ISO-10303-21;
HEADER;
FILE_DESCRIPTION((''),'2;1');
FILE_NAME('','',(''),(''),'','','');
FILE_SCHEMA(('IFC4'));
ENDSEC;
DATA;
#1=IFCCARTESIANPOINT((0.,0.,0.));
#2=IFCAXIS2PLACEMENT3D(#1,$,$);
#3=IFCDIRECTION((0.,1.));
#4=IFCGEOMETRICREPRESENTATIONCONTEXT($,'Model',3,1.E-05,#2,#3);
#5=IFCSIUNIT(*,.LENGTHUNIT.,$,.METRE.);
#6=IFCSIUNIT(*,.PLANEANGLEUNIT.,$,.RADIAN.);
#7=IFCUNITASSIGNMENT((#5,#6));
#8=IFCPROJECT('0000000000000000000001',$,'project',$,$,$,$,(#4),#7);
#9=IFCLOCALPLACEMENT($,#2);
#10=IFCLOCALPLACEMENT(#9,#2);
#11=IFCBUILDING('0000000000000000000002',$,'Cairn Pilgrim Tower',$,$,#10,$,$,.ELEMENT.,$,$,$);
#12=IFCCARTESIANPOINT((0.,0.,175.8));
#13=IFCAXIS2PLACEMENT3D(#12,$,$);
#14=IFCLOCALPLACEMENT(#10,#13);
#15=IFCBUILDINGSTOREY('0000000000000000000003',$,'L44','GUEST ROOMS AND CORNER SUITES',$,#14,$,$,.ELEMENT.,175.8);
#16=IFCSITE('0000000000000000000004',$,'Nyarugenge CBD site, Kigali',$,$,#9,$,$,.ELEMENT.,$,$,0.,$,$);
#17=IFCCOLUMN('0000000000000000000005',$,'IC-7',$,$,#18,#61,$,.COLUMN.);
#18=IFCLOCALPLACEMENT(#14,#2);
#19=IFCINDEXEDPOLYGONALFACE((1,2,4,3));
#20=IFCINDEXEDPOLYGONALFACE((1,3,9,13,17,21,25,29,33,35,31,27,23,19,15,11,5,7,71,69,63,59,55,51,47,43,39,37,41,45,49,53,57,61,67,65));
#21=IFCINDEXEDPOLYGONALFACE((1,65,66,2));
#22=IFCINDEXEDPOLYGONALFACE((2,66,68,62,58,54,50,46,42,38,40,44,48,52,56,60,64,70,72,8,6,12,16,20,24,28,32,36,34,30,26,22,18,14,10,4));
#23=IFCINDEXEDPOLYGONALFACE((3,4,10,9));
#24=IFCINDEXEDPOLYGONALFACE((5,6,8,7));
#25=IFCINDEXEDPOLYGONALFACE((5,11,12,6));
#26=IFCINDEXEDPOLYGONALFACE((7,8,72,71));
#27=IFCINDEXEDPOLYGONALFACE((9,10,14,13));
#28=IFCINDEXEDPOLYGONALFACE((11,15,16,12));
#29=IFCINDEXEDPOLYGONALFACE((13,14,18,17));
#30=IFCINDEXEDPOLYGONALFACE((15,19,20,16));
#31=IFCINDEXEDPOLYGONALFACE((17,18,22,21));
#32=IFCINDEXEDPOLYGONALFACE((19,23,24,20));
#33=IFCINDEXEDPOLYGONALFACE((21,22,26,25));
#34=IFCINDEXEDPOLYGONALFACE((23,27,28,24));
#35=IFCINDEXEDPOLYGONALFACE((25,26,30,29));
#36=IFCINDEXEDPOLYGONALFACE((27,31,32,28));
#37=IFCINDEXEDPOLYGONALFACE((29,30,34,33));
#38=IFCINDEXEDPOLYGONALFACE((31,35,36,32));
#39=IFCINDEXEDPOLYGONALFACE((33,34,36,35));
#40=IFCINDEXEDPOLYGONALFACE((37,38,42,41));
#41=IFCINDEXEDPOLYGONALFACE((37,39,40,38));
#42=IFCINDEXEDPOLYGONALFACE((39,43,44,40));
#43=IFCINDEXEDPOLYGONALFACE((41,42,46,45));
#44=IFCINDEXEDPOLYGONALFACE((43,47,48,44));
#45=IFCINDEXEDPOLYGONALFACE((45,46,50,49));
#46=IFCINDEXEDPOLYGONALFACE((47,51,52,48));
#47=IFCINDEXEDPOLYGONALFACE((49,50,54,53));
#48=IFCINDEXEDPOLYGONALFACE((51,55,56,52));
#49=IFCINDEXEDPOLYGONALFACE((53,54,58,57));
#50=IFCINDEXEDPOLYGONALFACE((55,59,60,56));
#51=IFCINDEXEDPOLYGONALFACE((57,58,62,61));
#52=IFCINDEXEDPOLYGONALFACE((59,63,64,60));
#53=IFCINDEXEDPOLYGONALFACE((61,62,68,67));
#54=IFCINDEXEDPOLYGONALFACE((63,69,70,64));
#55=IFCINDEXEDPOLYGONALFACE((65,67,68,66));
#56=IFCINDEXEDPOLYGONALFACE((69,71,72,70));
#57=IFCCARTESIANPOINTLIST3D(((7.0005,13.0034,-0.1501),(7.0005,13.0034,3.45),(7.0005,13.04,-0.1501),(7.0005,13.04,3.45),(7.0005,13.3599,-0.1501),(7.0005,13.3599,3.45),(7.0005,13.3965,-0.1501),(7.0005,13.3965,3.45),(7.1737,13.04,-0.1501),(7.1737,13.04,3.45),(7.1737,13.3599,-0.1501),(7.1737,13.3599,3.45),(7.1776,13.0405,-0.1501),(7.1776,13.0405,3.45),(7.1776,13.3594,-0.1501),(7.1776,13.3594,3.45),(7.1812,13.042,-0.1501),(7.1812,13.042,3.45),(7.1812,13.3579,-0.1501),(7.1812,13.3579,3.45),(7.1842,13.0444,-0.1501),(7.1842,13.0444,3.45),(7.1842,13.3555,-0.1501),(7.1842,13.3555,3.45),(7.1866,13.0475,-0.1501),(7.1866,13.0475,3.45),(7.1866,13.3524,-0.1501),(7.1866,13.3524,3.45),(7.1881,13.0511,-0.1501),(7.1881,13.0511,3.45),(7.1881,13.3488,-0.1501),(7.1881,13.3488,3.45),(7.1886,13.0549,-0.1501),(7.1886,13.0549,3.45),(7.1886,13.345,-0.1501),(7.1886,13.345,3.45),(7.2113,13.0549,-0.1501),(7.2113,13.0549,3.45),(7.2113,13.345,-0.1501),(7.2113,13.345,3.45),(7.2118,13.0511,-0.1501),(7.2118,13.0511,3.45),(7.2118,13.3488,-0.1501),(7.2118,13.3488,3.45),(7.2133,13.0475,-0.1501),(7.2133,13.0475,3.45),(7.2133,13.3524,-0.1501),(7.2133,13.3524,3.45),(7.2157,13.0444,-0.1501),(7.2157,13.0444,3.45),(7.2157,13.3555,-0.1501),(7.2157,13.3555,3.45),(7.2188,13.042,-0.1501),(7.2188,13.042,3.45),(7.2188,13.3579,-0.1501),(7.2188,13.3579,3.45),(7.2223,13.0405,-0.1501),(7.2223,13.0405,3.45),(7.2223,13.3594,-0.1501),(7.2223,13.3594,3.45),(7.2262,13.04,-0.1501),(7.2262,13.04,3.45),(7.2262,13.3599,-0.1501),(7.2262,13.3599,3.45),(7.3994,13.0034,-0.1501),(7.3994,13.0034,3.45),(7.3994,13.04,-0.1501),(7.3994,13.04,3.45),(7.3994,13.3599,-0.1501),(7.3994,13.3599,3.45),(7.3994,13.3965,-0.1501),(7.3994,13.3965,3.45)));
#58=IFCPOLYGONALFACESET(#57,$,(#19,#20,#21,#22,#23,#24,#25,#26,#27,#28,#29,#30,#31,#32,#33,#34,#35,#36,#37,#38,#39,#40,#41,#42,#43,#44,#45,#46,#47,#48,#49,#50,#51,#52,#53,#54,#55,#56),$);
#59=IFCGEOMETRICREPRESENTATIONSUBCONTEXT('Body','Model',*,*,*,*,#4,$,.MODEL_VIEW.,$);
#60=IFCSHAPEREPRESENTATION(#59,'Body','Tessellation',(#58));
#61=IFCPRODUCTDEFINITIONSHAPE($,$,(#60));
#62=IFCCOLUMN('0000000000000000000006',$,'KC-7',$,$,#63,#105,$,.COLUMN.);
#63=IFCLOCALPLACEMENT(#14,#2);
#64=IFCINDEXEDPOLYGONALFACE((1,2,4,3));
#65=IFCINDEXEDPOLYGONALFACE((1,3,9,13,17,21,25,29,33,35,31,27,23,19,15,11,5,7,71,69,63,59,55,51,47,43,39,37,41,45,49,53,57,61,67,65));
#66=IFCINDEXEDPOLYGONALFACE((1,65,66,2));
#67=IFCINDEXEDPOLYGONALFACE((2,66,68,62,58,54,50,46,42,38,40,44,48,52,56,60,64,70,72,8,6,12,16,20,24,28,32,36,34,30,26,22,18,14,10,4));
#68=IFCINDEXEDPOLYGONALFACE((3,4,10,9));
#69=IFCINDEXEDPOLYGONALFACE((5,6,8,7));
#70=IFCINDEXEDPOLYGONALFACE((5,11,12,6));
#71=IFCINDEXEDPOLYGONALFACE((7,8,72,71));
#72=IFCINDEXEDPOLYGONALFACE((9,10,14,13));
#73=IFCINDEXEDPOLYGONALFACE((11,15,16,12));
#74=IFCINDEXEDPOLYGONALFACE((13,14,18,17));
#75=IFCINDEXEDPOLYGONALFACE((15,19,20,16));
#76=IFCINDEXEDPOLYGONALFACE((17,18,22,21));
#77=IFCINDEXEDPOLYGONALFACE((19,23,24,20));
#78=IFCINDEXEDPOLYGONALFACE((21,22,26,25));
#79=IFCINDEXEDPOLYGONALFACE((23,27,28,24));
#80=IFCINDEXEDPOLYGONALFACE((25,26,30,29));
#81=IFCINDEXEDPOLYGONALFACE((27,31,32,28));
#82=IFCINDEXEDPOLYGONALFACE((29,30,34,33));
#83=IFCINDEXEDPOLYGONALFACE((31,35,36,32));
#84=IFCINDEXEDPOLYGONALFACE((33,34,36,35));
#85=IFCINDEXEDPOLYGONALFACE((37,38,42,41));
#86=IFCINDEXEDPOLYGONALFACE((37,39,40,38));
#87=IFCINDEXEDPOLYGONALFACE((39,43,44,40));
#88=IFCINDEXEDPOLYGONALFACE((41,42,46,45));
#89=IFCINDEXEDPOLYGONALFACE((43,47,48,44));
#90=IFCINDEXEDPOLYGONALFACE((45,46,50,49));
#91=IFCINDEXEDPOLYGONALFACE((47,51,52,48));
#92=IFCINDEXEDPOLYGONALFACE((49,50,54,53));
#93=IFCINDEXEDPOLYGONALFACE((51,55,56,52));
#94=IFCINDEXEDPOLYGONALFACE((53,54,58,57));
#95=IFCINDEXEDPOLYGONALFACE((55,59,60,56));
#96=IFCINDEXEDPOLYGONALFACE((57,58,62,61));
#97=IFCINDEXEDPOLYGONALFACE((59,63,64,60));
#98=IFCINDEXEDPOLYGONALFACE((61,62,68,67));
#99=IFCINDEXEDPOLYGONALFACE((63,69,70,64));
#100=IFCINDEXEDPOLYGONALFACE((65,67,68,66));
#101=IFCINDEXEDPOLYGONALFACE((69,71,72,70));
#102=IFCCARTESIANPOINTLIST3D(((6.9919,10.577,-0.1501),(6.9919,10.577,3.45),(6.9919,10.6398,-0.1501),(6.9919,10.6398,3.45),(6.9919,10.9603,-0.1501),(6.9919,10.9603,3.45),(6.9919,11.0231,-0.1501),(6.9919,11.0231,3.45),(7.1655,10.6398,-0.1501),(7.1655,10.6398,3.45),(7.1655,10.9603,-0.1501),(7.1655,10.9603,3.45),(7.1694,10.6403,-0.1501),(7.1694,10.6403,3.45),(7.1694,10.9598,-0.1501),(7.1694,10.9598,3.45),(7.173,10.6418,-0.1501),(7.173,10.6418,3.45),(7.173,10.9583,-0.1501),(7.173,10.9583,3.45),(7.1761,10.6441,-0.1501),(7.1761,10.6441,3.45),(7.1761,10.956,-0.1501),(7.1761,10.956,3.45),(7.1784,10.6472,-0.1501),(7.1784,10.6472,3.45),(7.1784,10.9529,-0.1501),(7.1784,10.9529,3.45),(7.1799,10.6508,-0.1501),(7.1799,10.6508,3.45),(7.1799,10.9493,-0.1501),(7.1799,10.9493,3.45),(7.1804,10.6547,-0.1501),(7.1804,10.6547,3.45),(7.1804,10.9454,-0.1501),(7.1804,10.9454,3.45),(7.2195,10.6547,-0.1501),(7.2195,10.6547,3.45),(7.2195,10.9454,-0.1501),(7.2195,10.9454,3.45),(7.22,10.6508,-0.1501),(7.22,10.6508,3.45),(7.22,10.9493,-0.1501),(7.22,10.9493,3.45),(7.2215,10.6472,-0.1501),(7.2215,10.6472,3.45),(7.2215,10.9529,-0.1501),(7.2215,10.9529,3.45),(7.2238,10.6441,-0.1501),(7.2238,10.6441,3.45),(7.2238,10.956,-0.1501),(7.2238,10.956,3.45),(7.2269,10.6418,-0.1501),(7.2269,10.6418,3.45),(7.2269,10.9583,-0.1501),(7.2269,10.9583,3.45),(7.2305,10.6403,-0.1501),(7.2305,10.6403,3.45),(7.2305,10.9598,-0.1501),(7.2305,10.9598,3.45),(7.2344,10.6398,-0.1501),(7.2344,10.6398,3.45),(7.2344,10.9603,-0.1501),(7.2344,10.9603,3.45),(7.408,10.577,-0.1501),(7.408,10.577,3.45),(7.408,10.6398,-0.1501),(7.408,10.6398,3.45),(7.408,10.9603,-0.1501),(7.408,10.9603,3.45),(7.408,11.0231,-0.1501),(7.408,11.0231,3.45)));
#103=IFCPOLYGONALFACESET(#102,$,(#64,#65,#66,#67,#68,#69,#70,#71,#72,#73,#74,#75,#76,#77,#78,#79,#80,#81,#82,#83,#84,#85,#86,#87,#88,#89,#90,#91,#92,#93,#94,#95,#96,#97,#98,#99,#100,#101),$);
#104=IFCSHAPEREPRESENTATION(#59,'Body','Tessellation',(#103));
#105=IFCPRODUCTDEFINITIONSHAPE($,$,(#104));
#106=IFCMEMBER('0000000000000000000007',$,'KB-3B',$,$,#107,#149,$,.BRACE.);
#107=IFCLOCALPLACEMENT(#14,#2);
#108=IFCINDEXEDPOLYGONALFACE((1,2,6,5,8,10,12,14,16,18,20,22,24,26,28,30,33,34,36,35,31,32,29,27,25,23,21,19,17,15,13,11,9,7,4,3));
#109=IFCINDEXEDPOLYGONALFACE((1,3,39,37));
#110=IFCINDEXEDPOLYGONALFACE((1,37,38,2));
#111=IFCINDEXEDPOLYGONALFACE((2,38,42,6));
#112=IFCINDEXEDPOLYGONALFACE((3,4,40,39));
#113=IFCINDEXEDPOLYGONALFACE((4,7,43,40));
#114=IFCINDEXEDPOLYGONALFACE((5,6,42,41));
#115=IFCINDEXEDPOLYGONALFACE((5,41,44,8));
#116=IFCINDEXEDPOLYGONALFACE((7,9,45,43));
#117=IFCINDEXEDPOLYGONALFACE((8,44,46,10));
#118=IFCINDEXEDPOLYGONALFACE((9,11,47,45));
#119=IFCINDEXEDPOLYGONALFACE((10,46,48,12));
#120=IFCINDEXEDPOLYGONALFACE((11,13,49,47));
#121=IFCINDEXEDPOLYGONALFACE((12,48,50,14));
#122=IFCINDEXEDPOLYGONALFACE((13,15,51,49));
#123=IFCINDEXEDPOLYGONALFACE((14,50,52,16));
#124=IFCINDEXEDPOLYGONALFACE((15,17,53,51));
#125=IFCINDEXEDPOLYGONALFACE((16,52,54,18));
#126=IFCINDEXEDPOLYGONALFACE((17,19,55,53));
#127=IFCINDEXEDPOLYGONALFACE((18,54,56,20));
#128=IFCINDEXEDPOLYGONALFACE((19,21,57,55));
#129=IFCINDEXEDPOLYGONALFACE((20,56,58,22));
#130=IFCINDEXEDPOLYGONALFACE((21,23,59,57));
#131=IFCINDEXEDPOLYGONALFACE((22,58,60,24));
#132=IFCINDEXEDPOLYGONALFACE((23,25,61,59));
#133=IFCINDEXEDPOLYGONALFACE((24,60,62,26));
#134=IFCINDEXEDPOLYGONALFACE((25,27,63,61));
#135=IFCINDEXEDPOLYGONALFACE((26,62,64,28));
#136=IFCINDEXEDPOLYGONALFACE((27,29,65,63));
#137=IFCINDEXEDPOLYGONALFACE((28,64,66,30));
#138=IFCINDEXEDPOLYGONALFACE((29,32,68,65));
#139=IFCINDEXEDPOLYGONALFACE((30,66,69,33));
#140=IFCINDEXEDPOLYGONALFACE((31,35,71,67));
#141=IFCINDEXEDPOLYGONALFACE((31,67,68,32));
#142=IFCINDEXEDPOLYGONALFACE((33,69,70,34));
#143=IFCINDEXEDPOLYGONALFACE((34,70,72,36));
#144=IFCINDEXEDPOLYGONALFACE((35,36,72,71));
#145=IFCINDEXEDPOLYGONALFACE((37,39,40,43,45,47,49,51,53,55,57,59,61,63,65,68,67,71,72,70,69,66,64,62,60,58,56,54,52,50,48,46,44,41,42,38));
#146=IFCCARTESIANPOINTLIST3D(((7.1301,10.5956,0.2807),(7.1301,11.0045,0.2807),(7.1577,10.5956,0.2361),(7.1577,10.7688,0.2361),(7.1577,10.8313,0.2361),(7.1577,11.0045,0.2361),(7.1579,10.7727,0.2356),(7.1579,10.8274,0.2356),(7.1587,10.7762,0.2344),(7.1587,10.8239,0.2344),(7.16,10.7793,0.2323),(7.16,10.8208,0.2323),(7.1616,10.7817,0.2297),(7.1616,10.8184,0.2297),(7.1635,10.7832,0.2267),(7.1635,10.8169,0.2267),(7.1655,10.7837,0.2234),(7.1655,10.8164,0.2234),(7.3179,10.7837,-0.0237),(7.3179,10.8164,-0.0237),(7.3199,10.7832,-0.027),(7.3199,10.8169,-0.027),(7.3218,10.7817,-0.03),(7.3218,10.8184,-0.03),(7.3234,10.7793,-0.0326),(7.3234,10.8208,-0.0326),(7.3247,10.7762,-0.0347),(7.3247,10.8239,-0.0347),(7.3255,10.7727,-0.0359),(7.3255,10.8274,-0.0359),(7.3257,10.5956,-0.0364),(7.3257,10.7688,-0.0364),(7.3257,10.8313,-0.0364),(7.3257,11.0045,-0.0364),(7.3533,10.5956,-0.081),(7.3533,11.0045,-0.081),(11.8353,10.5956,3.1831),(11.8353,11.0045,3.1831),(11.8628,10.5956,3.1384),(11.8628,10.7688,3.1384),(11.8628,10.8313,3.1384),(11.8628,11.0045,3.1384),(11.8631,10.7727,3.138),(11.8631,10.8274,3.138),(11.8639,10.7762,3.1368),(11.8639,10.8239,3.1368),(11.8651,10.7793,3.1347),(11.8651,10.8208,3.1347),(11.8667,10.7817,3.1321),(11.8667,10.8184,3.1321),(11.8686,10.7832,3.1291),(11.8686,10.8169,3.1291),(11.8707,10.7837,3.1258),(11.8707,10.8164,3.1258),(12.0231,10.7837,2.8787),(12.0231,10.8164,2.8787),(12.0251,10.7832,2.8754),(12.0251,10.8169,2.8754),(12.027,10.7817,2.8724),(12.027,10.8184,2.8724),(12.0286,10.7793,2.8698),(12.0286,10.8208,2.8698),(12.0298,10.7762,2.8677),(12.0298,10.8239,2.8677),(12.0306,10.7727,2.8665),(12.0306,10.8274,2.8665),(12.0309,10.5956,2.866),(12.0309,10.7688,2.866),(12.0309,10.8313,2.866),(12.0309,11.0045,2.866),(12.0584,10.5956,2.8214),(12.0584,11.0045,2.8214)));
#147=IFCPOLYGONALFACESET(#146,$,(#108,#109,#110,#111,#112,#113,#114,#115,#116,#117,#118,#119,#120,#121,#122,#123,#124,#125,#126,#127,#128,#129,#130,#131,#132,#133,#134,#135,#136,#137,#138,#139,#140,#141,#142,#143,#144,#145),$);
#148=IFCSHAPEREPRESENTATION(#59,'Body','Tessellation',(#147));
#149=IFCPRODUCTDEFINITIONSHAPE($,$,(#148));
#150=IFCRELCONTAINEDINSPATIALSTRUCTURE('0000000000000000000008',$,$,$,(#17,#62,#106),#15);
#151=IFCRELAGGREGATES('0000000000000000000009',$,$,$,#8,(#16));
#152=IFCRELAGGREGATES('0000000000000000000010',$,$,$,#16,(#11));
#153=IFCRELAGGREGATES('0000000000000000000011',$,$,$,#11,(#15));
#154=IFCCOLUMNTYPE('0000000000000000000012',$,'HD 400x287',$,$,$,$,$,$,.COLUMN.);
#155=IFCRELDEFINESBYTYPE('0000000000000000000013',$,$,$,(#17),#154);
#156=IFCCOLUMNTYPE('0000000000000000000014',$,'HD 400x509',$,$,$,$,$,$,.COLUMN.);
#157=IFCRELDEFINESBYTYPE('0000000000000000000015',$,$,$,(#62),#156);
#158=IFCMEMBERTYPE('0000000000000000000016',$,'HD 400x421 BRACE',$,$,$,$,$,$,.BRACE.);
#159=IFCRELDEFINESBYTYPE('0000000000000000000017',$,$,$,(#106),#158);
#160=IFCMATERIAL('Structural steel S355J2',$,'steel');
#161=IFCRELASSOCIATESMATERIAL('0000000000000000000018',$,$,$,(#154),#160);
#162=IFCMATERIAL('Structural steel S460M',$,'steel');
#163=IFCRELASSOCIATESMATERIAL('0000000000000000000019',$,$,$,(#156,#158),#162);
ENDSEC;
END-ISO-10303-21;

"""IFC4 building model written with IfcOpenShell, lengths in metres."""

from ifc_helpers import new_model, si_unit, direction, frame, origin, origin_2d, place, context, subcontext, project, spatial, i_section, extrude, material, material_profile, profile_set, type_object, element, save


model = new_model("IFC4")

# Units and contexts
model_context = context("Model", 3, precision=1e-05, world=origin(), true_north=direction((0.0, 1.0)))
body_context = subcontext(model_context, "Body", "Model", "MODEL_VIEW")
ifc_project = project(units=[si_unit("LENGTHUNIT", "METRE"), si_unit("PLANEANGLEUNIT", "RADIAN")], contexts=[model_context])

# Site, building, storey
site_placement = place(None, origin())
site = spatial("IfcSite", under=ifc_project, at=site_placement, Name="Nyarugenge CBD site, Kigali", CompositionType="ELEMENT", RefElevation=0.0)
building_placement = place(site_placement, origin())
building = spatial("IfcBuilding", under=site, at=building_placement, Name="Cairn Pilgrim Tower", CompositionType="ELEMENT")
storey_placement = place(building_placement, frame((0.0, 0.0, 175.8)))
storey = spatial("IfcBuildingStorey", under=building, at=storey_placement, Name="L44", Description="GUEST ROOMS AND CORNER SUITES", CompositionType="ELEMENT", Elevation=175.8)

# Columns
ifc_material_1 = material(Name="Structural steel S355J2", Category="steel")
ifc_material_profile_1 = material_profile(ifc_material_1, i_section(OverallWidth=0.3989, OverallDepth=0.3931, WebThickness=0.0227, FlangeThickness=0.0366, FilletRadius=0.0149, at=origin_2d()), Name="HD 400x287")
ifc_profile_set_1 = profile_set([ifc_material_profile_1], Name="Structural steel S355J2")
column_type_1 = type_object("IfcColumnType", Name="HD 400x287", PredefinedType="COLUMN", material=ifc_profile_set_1)
column_1_placement = place(storey_placement, frame((7.2, 13.2, -0.1501), z_axis=(0.0, 0.0, 1.0), x_axis=(1.0, 0.0, 0.0)))
element("IfcColumn", 1, at=column_1_placement, inside=storey, type_object=column_type_1, Name="IC-7", PredefinedType="COLUMN", context=body_context, shape_type="SweptSolid", body=[
    extrude(i_section(OverallWidth=0.3989, OverallDepth=0.3931, WebThickness=0.0227, FlangeThickness=0.0366, FilletRadius=0.0149, at=origin_2d()), origin(), (0.0, 0.0, 1.0), 3.6001),
])
ifc_material_2 = material(Name="Structural steel S460M", Category="steel")
ifc_material_profile_2 = material_profile(ifc_material_2, i_section(OverallWidth=0.416, OverallDepth=0.446, WebThickness=0.0391, FlangeThickness=0.0627, FilletRadius=0.0149, at=origin_2d()), Name="HD 400x509")
ifc_profile_set_2 = profile_set([ifc_material_profile_2], Name="Structural steel S460M")
column_type_2 = type_object("IfcColumnType", Name="HD 400x509", PredefinedType="COLUMN", material=ifc_profile_set_2)
column_2_placement = place(storey_placement, frame((7.2, 10.8, -0.1501), z_axis=(0.0, 0.0, 1.0), x_axis=(1.0, 0.0, 0.0)))
element("IfcColumn", 2, at=column_2_placement, inside=storey, type_object=column_type_2, Name="KC-7", PredefinedType="COLUMN", context=body_context, shape_type="SweptSolid", body=[
    extrude(i_section(OverallWidth=0.416, OverallDepth=0.446, WebThickness=0.0391, FlangeThickness=0.0627, FilletRadius=0.0149, at=origin_2d()), origin(), (0.0, 0.0, 1.0), 3.6001),
])

# Member
ifc_material_profile_3 = material_profile(ifc_material_2, i_section(OverallWidth=0.4089, OverallDepth=0.425, WebThickness=0.0327, FlangeThickness=0.0525, FilletRadius=0.0149, at=origin_2d()), Name="HD 400x421")
ifc_profile_set_3 = profile_set([ifc_material_profile_3], Name="Structural steel S460M")
member_type = type_object("IfcMemberType", Name="HD 400x421 BRACE", PredefinedType="BRACE", material=ifc_profile_set_3)
member_placement = place(storey_placement, frame((7.2417, 10.8, 0.0999), z_axis=(0.8511, 0.0, 0.525004), x_axis=(0.0, 1.0, 0.0)))
element("IfcMember", 3, at=member_placement, inside=storey, type_object=member_type, Name="KB-3B", PredefinedType="BRACE", context=body_context, shape_type="SweptSolid", body=[
    extrude(i_section(OverallWidth=0.4089, OverallDepth=0.425, WebThickness=0.0327, FlangeThickness=0.0525, FilletRadius=0.0149, at=origin_2d()), origin(), (0.0, 0.0, 1.0), 5.5283),
])

save(model, "model.ifc")
